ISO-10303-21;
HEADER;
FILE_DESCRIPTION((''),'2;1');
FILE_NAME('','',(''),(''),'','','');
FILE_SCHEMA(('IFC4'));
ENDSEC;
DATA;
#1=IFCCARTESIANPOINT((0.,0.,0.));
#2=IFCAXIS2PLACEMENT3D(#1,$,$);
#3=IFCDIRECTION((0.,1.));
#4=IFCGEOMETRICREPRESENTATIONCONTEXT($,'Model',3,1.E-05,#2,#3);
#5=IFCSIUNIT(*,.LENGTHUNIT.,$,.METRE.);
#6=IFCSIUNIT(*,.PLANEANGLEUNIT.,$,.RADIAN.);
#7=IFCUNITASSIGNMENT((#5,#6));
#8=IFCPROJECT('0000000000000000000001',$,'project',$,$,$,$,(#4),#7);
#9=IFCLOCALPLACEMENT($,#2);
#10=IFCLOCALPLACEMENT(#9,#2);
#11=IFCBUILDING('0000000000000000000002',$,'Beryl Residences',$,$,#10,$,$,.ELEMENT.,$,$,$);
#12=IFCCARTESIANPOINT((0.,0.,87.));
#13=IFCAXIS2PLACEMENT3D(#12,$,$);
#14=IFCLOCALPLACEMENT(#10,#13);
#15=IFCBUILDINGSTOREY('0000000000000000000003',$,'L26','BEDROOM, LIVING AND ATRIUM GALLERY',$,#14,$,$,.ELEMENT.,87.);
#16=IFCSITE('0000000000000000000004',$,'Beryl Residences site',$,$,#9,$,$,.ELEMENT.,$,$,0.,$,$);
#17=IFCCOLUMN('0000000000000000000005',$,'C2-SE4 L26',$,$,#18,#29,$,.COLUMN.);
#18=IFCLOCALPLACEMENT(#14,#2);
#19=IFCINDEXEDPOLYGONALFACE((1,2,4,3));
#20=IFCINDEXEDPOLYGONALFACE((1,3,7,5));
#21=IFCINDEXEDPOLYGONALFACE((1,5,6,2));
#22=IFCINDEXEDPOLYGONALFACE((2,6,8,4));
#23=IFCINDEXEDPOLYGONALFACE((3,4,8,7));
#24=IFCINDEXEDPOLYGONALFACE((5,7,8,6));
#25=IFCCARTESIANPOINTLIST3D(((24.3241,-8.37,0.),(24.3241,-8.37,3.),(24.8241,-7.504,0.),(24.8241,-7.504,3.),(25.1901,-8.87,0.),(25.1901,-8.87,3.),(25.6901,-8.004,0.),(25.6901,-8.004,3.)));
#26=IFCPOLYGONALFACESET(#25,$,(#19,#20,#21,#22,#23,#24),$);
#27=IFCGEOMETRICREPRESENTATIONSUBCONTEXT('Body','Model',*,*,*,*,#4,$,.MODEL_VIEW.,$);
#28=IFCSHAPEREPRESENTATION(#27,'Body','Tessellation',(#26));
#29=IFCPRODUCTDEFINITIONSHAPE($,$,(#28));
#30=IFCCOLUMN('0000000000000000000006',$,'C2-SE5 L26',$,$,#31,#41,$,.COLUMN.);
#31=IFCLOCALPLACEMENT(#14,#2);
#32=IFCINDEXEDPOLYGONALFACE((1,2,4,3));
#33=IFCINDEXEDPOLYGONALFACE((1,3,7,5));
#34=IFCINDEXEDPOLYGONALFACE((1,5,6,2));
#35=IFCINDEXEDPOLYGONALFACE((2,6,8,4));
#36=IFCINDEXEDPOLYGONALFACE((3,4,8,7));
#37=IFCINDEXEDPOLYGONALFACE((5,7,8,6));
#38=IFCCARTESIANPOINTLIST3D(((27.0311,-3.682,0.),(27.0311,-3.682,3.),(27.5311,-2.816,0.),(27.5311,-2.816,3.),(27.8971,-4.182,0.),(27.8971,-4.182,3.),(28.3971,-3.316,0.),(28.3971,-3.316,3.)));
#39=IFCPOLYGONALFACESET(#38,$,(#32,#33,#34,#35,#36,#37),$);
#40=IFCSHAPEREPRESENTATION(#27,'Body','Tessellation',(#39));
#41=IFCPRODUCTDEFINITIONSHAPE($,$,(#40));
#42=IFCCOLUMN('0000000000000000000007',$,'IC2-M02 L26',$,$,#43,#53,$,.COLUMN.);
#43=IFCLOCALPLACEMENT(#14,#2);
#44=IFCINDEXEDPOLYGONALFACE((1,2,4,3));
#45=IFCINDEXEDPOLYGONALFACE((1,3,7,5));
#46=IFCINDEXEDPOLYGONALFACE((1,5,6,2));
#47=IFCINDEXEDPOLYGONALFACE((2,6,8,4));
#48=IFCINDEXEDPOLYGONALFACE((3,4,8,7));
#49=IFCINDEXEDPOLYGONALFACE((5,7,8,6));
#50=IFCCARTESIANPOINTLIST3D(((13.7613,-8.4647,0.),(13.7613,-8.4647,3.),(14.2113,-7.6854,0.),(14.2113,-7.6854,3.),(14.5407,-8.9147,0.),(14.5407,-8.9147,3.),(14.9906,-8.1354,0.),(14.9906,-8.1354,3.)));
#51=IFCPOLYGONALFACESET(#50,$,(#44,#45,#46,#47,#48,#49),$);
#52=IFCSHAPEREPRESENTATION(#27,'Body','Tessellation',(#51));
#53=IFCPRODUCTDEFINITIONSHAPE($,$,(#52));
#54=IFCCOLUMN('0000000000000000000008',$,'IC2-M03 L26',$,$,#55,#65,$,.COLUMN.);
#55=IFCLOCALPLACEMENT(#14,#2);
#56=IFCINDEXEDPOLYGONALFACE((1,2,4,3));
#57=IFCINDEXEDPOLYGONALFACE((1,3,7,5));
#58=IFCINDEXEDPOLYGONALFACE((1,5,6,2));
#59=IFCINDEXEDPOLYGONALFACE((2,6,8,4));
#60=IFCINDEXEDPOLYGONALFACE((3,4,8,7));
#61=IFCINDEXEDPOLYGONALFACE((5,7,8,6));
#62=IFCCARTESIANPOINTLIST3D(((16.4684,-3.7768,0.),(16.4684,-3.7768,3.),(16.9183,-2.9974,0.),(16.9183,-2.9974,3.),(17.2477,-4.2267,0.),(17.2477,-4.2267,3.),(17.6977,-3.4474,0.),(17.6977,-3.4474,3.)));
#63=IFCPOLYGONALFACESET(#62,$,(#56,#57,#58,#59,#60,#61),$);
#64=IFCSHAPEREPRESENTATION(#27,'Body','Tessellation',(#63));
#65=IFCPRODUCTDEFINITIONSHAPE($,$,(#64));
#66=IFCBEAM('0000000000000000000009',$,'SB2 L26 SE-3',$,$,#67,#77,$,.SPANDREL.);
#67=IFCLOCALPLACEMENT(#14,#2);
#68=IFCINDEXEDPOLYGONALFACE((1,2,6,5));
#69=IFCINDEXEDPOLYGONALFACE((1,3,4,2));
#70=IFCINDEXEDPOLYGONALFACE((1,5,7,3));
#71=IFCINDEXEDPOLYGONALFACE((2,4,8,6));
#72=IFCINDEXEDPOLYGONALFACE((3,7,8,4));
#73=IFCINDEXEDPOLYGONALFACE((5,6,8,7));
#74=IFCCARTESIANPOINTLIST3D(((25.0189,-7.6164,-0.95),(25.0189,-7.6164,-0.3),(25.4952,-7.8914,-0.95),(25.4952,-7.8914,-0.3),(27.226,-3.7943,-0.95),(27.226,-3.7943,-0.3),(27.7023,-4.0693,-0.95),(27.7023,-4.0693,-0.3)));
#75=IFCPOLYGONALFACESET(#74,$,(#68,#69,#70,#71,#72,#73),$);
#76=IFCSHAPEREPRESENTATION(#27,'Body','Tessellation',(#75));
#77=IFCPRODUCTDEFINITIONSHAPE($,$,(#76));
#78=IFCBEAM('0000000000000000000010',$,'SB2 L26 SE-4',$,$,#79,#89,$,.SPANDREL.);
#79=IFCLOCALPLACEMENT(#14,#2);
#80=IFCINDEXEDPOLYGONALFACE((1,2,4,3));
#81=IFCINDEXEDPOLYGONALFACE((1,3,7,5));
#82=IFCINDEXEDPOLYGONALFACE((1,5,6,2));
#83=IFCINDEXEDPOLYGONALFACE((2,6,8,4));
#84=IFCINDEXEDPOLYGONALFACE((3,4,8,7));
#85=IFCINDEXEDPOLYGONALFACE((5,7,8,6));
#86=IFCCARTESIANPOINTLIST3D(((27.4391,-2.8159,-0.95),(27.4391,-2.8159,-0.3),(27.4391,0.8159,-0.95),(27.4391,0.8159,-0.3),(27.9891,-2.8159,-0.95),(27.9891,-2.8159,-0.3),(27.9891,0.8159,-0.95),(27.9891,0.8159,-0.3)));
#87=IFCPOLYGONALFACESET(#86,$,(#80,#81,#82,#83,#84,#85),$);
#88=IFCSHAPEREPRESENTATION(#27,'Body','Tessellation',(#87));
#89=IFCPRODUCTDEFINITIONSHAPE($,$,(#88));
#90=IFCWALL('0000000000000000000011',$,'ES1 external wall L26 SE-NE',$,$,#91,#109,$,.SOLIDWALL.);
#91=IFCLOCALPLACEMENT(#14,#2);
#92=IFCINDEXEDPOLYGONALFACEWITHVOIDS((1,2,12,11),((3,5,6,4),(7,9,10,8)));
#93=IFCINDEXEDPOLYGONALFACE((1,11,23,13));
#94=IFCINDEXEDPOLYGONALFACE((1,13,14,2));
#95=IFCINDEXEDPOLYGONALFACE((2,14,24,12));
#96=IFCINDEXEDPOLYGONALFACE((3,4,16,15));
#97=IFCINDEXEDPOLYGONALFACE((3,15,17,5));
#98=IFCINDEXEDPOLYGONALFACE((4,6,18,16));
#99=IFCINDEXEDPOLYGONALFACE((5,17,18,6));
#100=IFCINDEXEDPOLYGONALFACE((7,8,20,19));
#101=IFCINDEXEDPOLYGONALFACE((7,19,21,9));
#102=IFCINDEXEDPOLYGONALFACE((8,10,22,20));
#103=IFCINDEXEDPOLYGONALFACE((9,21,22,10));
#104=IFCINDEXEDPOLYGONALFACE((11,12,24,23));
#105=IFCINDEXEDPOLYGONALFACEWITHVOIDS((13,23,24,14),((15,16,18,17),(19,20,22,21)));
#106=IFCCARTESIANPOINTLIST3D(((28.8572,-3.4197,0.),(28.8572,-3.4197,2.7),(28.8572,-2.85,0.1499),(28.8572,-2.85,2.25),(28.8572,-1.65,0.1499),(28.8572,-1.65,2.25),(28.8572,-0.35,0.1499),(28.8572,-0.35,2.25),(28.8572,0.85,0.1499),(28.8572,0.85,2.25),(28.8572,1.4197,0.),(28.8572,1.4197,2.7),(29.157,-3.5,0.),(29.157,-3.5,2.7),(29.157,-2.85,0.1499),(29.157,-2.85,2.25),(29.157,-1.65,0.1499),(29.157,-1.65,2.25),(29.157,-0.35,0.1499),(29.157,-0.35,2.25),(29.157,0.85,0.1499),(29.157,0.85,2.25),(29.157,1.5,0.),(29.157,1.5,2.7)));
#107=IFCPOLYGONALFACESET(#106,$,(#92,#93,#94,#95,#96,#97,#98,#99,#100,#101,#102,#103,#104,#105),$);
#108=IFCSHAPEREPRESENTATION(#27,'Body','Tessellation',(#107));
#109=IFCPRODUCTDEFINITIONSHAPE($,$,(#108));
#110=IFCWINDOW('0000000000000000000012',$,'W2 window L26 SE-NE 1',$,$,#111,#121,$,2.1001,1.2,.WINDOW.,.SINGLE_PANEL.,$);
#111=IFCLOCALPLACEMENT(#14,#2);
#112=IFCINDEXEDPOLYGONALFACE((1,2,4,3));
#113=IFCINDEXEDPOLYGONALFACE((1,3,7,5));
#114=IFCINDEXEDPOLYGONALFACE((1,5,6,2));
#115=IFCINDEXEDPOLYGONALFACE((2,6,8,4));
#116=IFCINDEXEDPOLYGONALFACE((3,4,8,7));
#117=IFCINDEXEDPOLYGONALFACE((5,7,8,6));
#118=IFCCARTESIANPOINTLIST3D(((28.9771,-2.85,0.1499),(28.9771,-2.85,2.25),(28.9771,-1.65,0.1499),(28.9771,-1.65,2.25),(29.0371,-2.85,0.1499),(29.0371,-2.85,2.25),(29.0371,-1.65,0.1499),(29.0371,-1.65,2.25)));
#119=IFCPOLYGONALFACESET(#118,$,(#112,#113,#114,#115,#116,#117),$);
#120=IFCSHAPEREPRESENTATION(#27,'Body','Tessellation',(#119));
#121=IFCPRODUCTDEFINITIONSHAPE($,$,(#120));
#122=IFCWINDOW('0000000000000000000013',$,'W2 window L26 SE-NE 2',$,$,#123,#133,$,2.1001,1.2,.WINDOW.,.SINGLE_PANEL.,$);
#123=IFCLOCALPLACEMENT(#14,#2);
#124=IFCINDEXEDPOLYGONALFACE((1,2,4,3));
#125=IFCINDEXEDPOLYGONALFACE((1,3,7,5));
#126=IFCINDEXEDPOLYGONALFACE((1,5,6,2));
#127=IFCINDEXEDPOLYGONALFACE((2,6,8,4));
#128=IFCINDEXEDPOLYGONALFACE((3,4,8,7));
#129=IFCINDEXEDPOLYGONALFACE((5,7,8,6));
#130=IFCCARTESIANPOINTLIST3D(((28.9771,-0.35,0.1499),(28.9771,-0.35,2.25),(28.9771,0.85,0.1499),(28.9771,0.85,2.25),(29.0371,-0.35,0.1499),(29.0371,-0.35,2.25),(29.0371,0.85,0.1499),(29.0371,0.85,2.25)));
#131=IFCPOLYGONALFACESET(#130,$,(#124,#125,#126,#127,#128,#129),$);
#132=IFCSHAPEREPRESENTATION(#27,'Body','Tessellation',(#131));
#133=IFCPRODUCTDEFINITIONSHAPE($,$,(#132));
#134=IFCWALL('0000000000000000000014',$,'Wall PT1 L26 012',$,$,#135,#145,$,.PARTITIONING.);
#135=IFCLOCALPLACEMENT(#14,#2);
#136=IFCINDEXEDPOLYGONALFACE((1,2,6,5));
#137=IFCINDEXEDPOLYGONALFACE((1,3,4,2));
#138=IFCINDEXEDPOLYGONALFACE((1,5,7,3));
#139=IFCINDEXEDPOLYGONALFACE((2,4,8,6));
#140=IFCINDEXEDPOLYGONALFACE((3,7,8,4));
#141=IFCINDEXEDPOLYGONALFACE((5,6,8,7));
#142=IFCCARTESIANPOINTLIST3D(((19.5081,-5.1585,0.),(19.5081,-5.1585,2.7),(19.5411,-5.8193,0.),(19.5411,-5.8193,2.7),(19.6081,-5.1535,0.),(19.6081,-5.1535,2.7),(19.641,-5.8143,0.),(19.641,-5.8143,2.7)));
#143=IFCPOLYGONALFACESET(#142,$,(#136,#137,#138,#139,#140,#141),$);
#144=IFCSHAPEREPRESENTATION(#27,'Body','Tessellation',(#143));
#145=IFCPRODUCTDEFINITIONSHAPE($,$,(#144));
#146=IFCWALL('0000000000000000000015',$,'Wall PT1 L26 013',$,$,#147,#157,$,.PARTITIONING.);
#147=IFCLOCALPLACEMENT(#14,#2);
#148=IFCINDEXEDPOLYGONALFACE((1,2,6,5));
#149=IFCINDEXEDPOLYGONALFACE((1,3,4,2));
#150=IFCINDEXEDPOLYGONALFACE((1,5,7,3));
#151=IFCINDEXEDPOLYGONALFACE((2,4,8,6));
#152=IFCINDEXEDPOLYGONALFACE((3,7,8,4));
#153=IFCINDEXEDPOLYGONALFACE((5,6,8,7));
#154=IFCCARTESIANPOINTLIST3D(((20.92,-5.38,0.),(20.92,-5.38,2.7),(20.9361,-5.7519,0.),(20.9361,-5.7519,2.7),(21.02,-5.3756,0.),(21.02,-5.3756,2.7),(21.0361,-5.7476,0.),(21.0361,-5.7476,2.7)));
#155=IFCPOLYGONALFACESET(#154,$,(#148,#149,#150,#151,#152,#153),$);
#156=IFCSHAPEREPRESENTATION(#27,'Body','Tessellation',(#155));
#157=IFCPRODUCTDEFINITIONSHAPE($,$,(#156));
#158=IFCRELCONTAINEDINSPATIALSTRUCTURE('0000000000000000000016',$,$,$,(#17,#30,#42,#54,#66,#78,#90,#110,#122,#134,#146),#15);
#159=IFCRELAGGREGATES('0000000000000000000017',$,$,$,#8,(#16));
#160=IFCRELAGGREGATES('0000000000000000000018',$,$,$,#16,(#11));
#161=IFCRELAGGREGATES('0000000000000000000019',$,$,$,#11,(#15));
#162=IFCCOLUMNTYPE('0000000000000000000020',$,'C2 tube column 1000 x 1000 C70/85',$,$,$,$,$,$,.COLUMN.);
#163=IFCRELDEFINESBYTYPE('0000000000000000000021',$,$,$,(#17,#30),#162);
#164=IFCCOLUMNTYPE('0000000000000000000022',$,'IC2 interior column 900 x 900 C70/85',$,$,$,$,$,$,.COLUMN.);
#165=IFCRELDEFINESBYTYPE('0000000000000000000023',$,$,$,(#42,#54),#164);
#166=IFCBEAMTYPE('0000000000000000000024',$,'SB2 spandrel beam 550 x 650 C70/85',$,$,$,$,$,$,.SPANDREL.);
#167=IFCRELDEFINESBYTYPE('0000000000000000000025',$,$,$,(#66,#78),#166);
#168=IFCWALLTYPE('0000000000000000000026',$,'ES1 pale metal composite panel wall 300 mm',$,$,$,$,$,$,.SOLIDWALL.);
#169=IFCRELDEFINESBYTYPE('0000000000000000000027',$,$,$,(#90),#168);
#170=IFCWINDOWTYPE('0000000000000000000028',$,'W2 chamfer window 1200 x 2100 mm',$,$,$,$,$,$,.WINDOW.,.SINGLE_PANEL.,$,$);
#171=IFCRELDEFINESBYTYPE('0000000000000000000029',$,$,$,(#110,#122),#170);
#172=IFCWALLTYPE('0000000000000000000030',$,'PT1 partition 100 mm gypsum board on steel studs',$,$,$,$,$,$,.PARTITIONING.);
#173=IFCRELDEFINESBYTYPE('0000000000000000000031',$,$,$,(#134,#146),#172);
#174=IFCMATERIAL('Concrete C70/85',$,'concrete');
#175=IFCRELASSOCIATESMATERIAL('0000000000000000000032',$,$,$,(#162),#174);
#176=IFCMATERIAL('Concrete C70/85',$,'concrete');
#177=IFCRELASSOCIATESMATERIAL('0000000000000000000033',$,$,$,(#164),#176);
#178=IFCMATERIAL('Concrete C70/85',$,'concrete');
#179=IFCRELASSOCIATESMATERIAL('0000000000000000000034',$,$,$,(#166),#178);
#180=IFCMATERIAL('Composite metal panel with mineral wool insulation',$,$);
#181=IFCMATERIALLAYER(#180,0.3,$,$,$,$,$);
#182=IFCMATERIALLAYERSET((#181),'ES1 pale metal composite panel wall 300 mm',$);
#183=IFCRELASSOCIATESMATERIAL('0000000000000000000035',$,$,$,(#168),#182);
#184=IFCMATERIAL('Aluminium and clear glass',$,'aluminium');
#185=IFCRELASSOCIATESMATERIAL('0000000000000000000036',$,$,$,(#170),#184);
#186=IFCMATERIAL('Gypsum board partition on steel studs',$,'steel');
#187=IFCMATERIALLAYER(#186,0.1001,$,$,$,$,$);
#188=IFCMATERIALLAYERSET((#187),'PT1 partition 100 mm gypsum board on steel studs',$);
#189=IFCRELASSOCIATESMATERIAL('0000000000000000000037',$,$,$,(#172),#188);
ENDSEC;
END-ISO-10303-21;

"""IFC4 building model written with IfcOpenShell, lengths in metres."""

from ifc_helpers import new_model, si_unit, direction, frame, frame_2d, origin, origin_2d, place, context, subcontext, project, spatial, polyline, rectangle, outline, extrude, material, layer, layer_set, material_profile, profile_set, type_object, element, fill, save


model = new_model("IFC4")

# Units and contexts
model_context = context("Model", 3, precision=1e-05, world=origin(), true_north=direction((0.0, 1.0)))
body_context = subcontext(model_context, "Body", "Model", "MODEL_VIEW")
ifc_project = project(units=[si_unit("LENGTHUNIT", "METRE"), si_unit("PLANEANGLEUNIT", "RADIAN")], contexts=[model_context])

# Site, building, storey
site_placement = place(None, origin())
site = spatial("IfcSite", under=ifc_project, at=site_placement, Name="Beryl Residences site", CompositionType="ELEMENT", RefElevation=0.0)
building_placement = place(site_placement, origin())
building = spatial("IfcBuilding", under=site, at=building_placement, Name="Beryl Residences", CompositionType="ELEMENT")
storey_placement = place(building_placement, frame((0.0, 0.0, 87.0)))
storey = spatial("IfcBuildingStorey", under=building, at=storey_placement, Name="L26", Description="BEDROOM, LIVING AND ATRIUM GALLERY", CompositionType="ELEMENT", Elevation=87.0)

# Columns
ifc_material_1 = material(Name="Concrete C70/85", Category="concrete")
ifc_material_profile_1 = material_profile(ifc_material_1, rectangle(XDim=1.0, YDim=1.0, at=origin_2d()))
ifc_profile_set_1 = profile_set([ifc_material_profile_1], Name="Concrete C70/85")
column_type_1 = type_object("IfcColumnType", Name="C2 tube column 1000 x 1000 C70/85", PredefinedType="COLUMN", material=ifc_profile_set_1)
for number, where, z_axis, x_axis, name in (
    (1, (25.0071, -8.187, 0.0), (0.0, 0.0, 1.0), (0.5, 0.866025, 0.0), "C2-SE4 L26"),
    (2, (27.7141, -3.499, 0.0), (0.0, 0.0, 1.0), (0.5, 0.866025, 0.0), "C2-SE5 L26"),
):
    element("IfcColumn", number, at=place(storey_placement, frame(where, z_axis=z_axis, x_axis=x_axis)), inside=storey, type_object=column_type_1, Name=name, PredefinedType="COLUMN", context=body_context, shape_type="SweptSolid", body=[
        extrude(rectangle(XDim=1.0, YDim=1.0, at=origin_2d()), origin(), (0.0, 0.0, 1.0), 3.0),
    ])
ifc_material_2 = material(Name="Concrete C70/85", Category="concrete")
ifc_material_profile_2 = material_profile(ifc_material_2, rectangle(XDim=0.8999, YDim=0.8999, at=origin_2d()))
ifc_profile_set_2 = profile_set([ifc_material_profile_2], Name="Concrete C70/85")
column_type_2 = type_object("IfcColumnType", Name="IC2 interior column 900 x 900 C70/85", PredefinedType="COLUMN", material=ifc_profile_set_2)
for number, where, z_axis, x_axis, name in (
    (3, (14.376, -8.3, 0.0), (0.0, 0.0, 1.0), (0.5, 0.866025, 0.0), "IC2-M02 L26"),
    (4, (17.083, -3.6121, 0.0), (0.0, 0.0, 1.0), (0.5, 0.866025, 0.0), "IC2-M03 L26"),
):
    element("IfcColumn", number, at=place(storey_placement, frame(where, z_axis=z_axis, x_axis=x_axis)), inside=storey, type_object=column_type_2, Name=name, PredefinedType="COLUMN", context=body_context, shape_type="SweptSolid", body=[
        extrude(rectangle(XDim=0.8999, YDim=0.8999, at=origin_2d()), origin(), (0.0, 0.0, 1.0), 3.0),
    ])

# Beams
ifc_material_3 = material(Name="Concrete C70/85", Category="concrete")
ifc_material_profile_3 = material_profile(ifc_material_3, rectangle(XDim=0.55, YDim=0.6499, at=origin_2d()))
ifc_profile_set_3 = profile_set([ifc_material_profile_3], Name="Concrete C70/85")
beam_type = type_object("IfcBeamType", Name="SB2 spandrel beam 550 x 650 C70/85", PredefinedType="SPANDREL", material=ifc_profile_set_3)
beam_1_placement = place(storey_placement, frame((25.2571, -7.7539, -0.625), z_axis=(0.500066, 0.865988, 0.0), x_axis=(-0.865988, 0.500066, 0.0)))
element("IfcBeam", 5, at=beam_1_placement, inside=storey, type_object=beam_type, Name="SB2 L26 SE-3", PredefinedType="SPANDREL", context=body_context, shape_type="SweptSolid", body=[
    extrude(rectangle(XDim=0.55, YDim=0.6499, at=origin_2d()), origin(), (0.0, 0.0, 1.0), 4.4136),
])
beam_2_placement = place(storey_placement, frame((27.7141, -2.8159, -0.625), z_axis=(0.0, 1.0, 0.0), x_axis=(-1.0, 0.0, 0.0)))
element("IfcBeam", 6, at=beam_2_placement, inside=storey, type_object=beam_type, Name="SB2 L26 SE-4", PredefinedType="SPANDREL", context=body_context, shape_type="SweptSolid", body=[
    extrude(rectangle(XDim=0.55, YDim=0.6499, at=origin_2d()), origin(), (0.0, 0.0, 1.0), 3.6318),
])

# Wall, openings, windows
ifc_material_4 = material(Name="Composite metal panel with mineral wool insulation")
ifc_layer_1 = layer(ifc_material_4, 0.3)
ifc_layer_set_1 = layer_set([ifc_layer_1], Name="ES1 pale metal composite panel wall 300 mm")
wall_type_1 = type_object("IfcWallType", Name="ES1 pale metal composite panel wall 300 mm", PredefinedType="SOLIDWALL", material=ifc_layer_set_1)
wall_1_placement = place(storey_placement, frame((29.0071, -3.5, 0.0), z_axis=(0.0, 0.0, 1.0), x_axis=(0.0, 1.0, 0.0)))
wall_1 = element("IfcWall", 7, at=wall_1_placement, inside=storey, type_object=wall_type_1, Name="ES1 external wall L26 SE-NE", PredefinedType="SOLIDWALL", context=body_context, shape_type="SweptSolid", body=[
    extrude(outline(polyline([(0.0, -0.1499), (5.0, -0.1499), (4.9197, 0.1499), (0.0803, 0.1499), (0.0, -0.1499)])), origin(), (0.0, 0.0, 1.0), 2.7),
])
opening_1_placement = place(wall_1_placement, frame((0.6499, 0.0, 0.1499)))
opening_1 = element("IfcOpeningElement", 8, at=opening_1_placement, cuts=wall_1, PredefinedType="OPENING", context=body_context, shape_type="SweptSolid", body=[
    extrude(rectangle(XDim=1.2, YDim=2.1001, at=frame_2d((0.6001, 1.05))), frame((0.0, 0.1599, 0.0), z_axis=(0.0, -1.0, 0.0), x_axis=(1.0, 0.0, 0.0)), (0.0, 0.0, 1.0), 0.3201),
])
opening_2_placement = place(wall_1_placement, frame((3.1499, 0.0, 0.1499)))
opening_2 = element("IfcOpeningElement", 9, at=opening_2_placement, cuts=wall_1, PredefinedType="OPENING", context=body_context, shape_type="SweptSolid", body=[
    extrude(rectangle(XDim=1.2, YDim=2.1001, at=frame_2d((0.6001, 1.05))), frame((0.0, 0.1599, 0.0), z_axis=(0.0, -1.0, 0.0), x_axis=(1.0, 0.0, 0.0)), (0.0, 0.0, 1.0), 0.3201),
])
ifc_material_5 = material(Name="Aluminium and clear glass", Category="aluminium")
window_type = type_object("IfcWindowType", Name="W2 chamfer window 1200 x 2100 mm", PartitioningType="SINGLE_PANEL", PredefinedType="WINDOW", material=ifc_material_5)
window_1_placement = place(opening_1_placement, origin())
window_1 = element("IfcWindow", 10, at=window_1_placement, inside=storey, type_object=window_type, Name="W2 window L26 SE-NE 1", OverallHeight=2.1001, OverallWidth=1.2, PartitioningType="SINGLE_PANEL", PredefinedType="WINDOW", context=body_context, shape_type="SweptSolid", body=[
    extrude(rectangle(XDim=1.2, YDim=2.1001, at=frame_2d((0.6001, 1.05))), frame((0.0, 0.03, 0.0), z_axis=(0.0, -1.0, 0.0), x_axis=(1.0, 0.0, 0.0)), (0.0, 0.0, 1.0), 0.0601),
])
fill(opening_1, window_1)
window_2_placement = place(opening_2_placement, origin())
window_2 = element("IfcWindow", 11, at=window_2_placement, inside=storey, type_object=window_type, Name="W2 window L26 SE-NE 2", OverallHeight=2.1001, OverallWidth=1.2, PartitioningType="SINGLE_PANEL", PredefinedType="WINDOW", context=body_context, shape_type="SweptSolid", body=[
    extrude(rectangle(XDim=1.2, YDim=2.1001, at=frame_2d((0.6001, 1.05))), frame((0.0, 0.03, 0.0), z_axis=(0.0, -1.0, 0.0), x_axis=(1.0, 0.0, 0.0)), (0.0, 0.0, 1.0), 0.0601),
])
fill(opening_2, window_2)

# Walls
ifc_material_6 = material(Name="Gypsum board partition on steel studs", Category="steel")
ifc_layer_2 = layer(ifc_material_6, 0.1001)
ifc_layer_set_2 = layer_set([ifc_layer_2], Name="PT1 partition 100 mm gypsum board on steel studs")
wall_type_2 = type_object("IfcWallType", Name="PT1 partition 100 mm gypsum board on steel studs", PredefinedType="PARTITIONING", material=ifc_layer_set_2)
wall_2_placement = place(storey_placement, frame((19.5581, -5.156, 0.0), z_axis=(0.0, 0.0, 1.0), x_axis=(0.049809, -0.998759, 0.0)))
element("IfcWall", 12, at=wall_2_placement, inside=storey, type_object=wall_type_2, Name="Wall PT1 L26 012", PredefinedType="PARTITIONING", context=body_context, shape_type="SweptSolid", body=[
    extrude(rectangle(XDim=0.6616, YDim=0.1001, at=frame_2d((0.3308, 0.0))), origin(), (0.0, 0.0, 1.0), 2.7),
])
wall_3_placement = place(storey_placement, frame((20.97, -5.3779, 0.0), z_axis=(0.0, 0.0, 1.0), x_axis=(0.043267, -0.999064, 0.0)))
element("IfcWall", 13, at=wall_3_placement, inside=storey, type_object=wall_type_2, Name="Wall PT1 L26 013", PredefinedType="PARTITIONING", context=body_context, shape_type="SweptSolid", body=[
    extrude(rectangle(XDim=0.3723, YDim=0.1001, at=frame_2d((0.186, 0.0))), origin(), (0.0, 0.0, 1.0), 2.7),
])

save(model, "model.ifc")
